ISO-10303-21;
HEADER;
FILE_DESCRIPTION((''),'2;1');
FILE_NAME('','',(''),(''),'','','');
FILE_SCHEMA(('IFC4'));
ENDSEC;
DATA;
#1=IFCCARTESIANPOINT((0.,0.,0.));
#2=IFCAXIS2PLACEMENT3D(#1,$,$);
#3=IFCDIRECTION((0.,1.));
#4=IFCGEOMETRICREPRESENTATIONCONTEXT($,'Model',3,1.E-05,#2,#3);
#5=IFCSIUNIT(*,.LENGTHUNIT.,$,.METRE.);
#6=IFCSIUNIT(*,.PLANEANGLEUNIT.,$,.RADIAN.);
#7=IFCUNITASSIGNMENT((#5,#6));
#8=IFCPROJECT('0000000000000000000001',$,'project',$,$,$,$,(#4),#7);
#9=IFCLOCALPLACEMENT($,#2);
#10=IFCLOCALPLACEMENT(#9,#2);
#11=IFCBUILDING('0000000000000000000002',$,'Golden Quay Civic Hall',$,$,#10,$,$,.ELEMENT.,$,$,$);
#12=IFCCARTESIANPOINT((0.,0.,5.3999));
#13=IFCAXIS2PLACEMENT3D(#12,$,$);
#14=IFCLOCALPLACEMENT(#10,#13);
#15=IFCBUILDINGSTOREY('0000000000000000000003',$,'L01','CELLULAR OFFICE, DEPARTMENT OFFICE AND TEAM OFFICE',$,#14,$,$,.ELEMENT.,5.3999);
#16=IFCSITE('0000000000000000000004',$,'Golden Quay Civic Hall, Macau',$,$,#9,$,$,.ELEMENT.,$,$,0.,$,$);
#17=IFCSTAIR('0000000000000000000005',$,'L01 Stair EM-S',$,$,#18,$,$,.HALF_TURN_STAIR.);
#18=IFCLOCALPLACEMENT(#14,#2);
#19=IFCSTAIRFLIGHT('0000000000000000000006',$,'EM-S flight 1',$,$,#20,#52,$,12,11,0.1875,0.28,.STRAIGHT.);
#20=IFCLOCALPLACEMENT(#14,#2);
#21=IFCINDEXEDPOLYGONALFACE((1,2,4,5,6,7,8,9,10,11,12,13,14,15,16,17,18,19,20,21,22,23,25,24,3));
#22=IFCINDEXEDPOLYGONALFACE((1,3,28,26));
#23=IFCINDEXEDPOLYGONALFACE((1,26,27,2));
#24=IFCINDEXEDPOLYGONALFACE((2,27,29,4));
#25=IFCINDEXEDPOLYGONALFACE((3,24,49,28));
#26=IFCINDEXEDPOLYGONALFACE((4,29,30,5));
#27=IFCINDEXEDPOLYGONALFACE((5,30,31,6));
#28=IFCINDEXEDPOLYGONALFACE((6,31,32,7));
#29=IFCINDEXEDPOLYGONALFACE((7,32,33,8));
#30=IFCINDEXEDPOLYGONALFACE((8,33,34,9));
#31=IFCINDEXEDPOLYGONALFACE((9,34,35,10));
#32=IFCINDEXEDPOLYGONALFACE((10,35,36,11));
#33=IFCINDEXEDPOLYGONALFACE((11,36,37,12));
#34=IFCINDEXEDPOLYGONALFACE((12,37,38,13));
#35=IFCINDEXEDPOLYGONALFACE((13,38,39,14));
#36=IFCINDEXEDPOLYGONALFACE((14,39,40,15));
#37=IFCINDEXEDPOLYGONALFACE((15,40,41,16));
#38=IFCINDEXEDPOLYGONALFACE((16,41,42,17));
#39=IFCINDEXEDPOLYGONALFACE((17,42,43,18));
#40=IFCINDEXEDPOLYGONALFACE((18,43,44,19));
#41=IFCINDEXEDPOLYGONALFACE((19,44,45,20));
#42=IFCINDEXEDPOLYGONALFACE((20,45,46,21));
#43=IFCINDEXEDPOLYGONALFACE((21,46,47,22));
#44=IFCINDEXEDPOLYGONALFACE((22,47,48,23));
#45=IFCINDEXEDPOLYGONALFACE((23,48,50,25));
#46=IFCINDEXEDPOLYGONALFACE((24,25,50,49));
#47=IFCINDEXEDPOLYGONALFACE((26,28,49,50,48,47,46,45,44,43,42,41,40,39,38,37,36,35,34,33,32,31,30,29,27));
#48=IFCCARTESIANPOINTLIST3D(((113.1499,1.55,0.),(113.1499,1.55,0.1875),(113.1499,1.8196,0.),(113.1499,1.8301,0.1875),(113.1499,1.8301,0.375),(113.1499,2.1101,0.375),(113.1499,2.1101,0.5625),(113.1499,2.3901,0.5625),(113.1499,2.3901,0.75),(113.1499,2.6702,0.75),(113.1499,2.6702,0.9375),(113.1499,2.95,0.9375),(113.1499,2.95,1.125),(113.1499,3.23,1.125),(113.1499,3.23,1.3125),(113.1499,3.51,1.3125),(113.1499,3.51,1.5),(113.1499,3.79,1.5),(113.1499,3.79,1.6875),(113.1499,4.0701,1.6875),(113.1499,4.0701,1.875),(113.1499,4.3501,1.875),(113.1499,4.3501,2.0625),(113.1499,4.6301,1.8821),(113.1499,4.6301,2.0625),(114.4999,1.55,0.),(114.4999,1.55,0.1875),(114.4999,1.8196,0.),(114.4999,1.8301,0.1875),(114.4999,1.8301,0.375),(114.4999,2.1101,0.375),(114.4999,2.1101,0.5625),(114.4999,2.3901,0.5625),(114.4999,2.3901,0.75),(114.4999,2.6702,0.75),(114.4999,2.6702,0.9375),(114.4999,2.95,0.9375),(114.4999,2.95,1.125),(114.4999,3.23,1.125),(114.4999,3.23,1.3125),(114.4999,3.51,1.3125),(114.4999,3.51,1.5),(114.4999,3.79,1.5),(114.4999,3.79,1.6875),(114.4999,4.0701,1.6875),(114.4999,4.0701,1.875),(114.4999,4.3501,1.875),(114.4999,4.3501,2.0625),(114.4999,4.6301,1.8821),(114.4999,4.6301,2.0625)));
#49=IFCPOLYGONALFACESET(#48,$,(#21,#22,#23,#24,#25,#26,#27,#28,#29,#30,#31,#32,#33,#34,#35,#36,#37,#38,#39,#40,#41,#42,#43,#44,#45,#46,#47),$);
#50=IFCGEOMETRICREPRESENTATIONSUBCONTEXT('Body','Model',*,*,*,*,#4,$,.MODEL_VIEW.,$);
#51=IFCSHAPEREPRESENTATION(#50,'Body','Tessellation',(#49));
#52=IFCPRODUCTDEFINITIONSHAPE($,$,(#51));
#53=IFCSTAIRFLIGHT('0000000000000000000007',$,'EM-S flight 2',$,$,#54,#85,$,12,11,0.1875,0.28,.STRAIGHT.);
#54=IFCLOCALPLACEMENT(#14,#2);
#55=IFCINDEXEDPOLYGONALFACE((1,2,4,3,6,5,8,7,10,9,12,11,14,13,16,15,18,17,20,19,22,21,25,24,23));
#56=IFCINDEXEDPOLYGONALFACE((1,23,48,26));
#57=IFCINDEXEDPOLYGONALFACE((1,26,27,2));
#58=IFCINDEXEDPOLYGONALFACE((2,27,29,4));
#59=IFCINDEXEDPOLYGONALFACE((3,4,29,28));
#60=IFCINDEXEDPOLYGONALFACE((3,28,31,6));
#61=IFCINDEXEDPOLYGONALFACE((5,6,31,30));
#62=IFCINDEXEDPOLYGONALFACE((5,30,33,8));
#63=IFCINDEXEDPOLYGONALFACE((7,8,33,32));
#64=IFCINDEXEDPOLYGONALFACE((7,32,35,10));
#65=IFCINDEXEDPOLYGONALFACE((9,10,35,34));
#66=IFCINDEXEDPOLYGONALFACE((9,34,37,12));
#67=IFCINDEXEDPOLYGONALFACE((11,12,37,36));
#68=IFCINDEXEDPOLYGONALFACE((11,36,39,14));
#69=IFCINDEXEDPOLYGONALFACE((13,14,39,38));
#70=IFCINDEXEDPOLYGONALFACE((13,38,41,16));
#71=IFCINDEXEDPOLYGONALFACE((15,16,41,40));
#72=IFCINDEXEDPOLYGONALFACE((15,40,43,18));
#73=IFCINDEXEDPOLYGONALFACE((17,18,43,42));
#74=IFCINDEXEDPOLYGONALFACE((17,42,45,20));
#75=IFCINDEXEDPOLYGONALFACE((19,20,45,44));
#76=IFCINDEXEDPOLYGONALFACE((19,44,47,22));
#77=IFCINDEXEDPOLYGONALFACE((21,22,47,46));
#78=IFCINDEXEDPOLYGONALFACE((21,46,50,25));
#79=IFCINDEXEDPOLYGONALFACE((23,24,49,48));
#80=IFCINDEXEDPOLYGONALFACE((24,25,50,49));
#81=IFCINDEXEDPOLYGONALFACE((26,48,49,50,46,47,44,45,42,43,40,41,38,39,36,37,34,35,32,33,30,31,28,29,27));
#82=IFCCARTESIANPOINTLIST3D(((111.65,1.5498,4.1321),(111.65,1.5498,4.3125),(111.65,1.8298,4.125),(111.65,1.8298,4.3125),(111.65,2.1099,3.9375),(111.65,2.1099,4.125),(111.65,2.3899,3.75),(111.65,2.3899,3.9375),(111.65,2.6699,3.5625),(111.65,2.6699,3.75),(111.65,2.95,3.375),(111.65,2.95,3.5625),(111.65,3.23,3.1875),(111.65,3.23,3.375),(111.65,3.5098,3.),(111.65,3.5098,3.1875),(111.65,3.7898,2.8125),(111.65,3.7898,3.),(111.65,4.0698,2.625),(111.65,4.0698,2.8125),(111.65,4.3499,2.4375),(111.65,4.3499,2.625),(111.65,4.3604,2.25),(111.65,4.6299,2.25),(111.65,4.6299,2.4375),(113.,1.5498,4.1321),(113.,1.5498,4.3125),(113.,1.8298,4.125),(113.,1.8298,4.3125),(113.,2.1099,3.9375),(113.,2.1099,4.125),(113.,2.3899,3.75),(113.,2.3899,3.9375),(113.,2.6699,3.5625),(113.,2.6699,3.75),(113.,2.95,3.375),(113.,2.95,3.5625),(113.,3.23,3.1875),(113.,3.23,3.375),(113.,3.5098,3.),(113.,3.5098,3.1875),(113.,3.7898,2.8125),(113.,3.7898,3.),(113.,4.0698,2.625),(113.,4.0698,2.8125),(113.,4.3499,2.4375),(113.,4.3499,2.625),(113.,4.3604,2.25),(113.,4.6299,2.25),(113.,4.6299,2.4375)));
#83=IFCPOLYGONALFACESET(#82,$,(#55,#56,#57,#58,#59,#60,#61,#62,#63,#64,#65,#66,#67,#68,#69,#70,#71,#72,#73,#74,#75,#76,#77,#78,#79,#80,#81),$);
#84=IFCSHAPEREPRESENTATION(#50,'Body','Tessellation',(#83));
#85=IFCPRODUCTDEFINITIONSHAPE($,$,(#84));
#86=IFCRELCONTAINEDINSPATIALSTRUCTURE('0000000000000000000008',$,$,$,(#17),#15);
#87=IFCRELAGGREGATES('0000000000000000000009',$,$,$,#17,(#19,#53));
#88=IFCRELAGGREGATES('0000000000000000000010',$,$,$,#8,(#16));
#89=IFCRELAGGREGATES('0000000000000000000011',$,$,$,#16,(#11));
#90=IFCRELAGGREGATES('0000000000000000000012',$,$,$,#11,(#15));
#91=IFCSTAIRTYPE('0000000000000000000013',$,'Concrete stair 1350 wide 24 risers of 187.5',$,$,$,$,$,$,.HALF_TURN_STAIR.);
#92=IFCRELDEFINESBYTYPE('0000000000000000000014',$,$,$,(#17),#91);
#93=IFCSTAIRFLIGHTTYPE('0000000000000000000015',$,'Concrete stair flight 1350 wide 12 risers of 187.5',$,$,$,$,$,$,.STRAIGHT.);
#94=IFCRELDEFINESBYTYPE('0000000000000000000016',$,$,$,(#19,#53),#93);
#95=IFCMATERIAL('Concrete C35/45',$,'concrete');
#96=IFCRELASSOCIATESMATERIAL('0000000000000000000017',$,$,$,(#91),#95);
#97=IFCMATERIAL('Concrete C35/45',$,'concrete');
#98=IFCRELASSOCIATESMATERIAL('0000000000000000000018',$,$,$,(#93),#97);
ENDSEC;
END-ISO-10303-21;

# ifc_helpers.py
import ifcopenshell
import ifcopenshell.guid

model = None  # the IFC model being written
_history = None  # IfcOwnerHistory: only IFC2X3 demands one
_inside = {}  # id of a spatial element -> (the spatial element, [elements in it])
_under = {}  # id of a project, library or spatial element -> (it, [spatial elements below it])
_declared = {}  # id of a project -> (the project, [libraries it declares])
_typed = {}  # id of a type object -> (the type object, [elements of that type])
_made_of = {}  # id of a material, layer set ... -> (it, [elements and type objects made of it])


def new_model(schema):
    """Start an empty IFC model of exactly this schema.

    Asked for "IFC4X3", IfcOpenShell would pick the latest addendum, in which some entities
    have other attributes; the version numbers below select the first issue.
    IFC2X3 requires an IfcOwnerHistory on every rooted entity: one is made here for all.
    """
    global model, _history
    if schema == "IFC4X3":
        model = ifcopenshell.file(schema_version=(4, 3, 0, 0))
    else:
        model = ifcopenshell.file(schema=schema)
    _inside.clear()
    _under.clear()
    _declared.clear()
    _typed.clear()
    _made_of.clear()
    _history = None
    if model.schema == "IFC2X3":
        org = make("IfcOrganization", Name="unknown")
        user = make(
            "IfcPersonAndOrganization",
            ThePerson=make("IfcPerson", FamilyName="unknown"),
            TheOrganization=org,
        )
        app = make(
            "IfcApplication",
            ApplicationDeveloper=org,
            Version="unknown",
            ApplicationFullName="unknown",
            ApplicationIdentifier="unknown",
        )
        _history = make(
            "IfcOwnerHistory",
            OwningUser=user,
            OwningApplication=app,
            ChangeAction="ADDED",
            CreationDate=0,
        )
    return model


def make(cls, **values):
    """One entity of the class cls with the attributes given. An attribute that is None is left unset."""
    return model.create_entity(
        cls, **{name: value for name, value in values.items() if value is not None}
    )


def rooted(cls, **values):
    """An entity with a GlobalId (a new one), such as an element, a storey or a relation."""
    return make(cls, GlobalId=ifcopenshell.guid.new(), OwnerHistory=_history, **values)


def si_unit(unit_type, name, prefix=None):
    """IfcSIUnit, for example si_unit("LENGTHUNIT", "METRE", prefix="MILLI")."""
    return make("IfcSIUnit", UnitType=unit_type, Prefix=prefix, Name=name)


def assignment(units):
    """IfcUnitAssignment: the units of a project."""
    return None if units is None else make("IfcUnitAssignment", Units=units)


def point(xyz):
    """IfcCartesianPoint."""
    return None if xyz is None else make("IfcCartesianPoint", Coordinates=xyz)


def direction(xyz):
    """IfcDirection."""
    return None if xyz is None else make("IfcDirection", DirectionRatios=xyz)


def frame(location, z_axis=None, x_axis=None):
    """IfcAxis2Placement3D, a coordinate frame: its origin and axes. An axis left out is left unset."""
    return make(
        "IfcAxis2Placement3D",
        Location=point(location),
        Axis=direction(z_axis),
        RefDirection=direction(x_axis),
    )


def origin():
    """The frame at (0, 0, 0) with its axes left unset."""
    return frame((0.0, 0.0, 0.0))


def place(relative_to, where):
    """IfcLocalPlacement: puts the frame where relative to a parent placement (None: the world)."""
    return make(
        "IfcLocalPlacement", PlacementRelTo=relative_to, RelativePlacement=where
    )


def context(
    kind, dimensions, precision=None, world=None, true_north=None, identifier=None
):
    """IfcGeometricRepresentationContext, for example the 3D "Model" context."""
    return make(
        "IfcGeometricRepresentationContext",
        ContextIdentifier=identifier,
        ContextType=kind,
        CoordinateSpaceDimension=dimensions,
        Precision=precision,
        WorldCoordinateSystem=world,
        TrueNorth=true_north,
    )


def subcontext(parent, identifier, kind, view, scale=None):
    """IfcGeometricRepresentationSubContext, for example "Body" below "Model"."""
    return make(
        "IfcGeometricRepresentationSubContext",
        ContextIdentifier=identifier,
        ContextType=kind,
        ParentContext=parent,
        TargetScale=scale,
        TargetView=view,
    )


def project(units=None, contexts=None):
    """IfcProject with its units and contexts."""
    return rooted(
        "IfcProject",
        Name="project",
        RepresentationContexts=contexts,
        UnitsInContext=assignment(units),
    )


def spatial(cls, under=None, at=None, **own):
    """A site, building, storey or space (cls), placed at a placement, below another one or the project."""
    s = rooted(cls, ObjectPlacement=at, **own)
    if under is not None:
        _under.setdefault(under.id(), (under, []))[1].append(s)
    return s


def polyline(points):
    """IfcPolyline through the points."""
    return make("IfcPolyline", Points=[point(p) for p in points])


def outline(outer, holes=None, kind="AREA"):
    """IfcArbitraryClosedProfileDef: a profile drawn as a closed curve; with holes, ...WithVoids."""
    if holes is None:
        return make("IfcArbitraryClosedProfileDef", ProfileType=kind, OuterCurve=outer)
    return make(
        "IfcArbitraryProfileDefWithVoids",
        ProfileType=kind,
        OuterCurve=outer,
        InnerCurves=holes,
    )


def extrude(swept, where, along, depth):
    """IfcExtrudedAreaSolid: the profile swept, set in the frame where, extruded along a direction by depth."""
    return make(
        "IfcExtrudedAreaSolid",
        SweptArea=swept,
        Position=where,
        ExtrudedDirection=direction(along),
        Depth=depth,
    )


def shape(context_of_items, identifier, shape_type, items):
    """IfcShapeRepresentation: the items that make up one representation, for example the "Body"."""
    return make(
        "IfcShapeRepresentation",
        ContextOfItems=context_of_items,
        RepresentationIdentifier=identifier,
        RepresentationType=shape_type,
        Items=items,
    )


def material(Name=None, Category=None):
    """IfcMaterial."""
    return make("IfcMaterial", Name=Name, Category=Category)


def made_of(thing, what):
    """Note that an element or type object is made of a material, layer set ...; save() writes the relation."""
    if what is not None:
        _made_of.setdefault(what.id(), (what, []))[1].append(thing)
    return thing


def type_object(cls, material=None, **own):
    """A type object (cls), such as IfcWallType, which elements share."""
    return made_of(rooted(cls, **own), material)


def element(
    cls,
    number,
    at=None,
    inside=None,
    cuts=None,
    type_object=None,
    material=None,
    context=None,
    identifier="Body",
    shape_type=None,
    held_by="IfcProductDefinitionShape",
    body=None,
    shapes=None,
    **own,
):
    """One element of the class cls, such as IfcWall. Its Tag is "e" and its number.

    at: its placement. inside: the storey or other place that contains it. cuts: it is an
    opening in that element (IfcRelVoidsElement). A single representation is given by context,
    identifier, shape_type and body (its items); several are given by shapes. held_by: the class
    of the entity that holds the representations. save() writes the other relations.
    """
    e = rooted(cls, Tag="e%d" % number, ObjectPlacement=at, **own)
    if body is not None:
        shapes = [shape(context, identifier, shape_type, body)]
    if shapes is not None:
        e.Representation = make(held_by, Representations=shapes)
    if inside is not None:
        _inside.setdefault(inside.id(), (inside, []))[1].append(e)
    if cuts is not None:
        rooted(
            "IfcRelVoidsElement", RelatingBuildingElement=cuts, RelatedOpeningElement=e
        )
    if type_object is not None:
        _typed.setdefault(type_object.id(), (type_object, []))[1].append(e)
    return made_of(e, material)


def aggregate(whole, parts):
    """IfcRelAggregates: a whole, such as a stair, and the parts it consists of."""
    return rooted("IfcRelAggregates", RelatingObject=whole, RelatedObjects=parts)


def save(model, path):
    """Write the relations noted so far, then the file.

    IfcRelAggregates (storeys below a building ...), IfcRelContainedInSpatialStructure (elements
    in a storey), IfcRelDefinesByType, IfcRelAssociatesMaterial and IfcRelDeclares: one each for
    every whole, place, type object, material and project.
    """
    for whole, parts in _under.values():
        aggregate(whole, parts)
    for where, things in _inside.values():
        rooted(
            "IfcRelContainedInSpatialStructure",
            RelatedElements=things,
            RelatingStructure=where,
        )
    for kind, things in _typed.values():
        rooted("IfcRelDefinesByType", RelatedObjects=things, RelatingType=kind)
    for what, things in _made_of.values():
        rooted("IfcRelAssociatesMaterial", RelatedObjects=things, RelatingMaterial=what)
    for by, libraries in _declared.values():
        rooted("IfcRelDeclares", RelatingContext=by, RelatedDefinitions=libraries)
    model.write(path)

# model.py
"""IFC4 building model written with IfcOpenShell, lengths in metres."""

from ifc_helpers import new_model, si_unit, direction, frame, origin, place, context, subcontext, project, spatial, polyline, outline, extrude, material, type_object, element, aggregate, save


model = new_model("IFC4")

# Units and contexts
model_context = context("Model", 3, precision=1e-05, world=origin(), true_north=direction((0.0, 1.0)))
body_context = subcontext(model_context, "Body", "Model", "MODEL_VIEW")
ifc_project = project(units=[si_unit("LENGTHUNIT", "METRE"), si_unit("PLANEANGLEUNIT", "RADIAN")], contexts=[model_context])

# Site, building, storey
site_placement = place(None, origin())
site = spatial("IfcSite", under=ifc_project, at=site_placement, Name="Golden Quay Civic Hall, Macau", CompositionType="ELEMENT", RefElevation=0.0)
building_placement = place(site_placement, origin())
building = spatial("IfcBuilding", under=site, at=building_placement, Name="Golden Quay Civic Hall", CompositionType="ELEMENT")
storey_placement = place(building_placement, frame((0.0, 0.0, 5.3999)))
storey = spatial("IfcBuildingStorey", under=building, at=storey_placement, Name="L01", Description="CELLULAR OFFICE, DEPARTMENT OFFICE AND TEAM OFFICE", CompositionType="ELEMENT", Elevation=5.3999)

# Stair, stair flights
ifc_material_1 = material(Name="Concrete C35/45", Category="concrete")
stair_type = type_object("IfcStairType", Name="Concrete stair 1350 wide 24 risers of 187.5", PredefinedType="HALF_TURN_STAIR", material=ifc_material_1)
stair_placement = place(storey_placement, origin())
stair = element("IfcStair", 1, at=stair_placement, inside=storey, type_object=stair_type, Name="L01 Stair EM-S", PredefinedType="HALF_TURN_STAIR")
ifc_material_2 = material(Name="Concrete C35/45", Category="concrete")
stair_flight_type = type_object("IfcStairFlightType", Name="Concrete stair flight 1350 wide 12 risers of 187.5", PredefinedType="STRAIGHT", material=ifc_material_2)
stair_flight_1_placement = place(storey_placement, frame((113.825, 1.55, 0.0), z_axis=(0.0, 0.0, 1.0), x_axis=(0.0, 1.0, 0.0)))
stair_flight_1 = element("IfcStairFlight", 2, at=stair_flight_1_placement, type_object=stair_flight_type, Name="EM-S flight 1", NumberOfRisers=12, NumberOfTreads=11, PredefinedType="STRAIGHT", RiserHeight=0.1875, TreadLength=0.28, context=body_context, shape_type="SweptSolid", body=[
    extrude(outline(polyline([(0.0, 0.0), (0.0, 0.1875), (0.28, 0.1875), (0.28, 0.375), (0.5601, 0.375), (0.5601, 0.5625), (0.8401, 0.5625), (0.8401, 0.75), (1.1201, 0.75), (1.1201, 0.9375), (1.3999, 0.9375), (1.3999, 1.125), (1.6799, 1.125), (1.6799, 1.3125), (1.96, 1.3125), (1.96, 1.5), (2.24, 1.5), (2.24, 1.6875), (2.52, 1.6875), (2.52, 1.875), (2.8, 1.875), (2.8, 2.0625), (3.0801, 2.0625), (3.0801, 2.25), (3.0801, 1.8821), (0.2695, 0.0), (0.0, 0.0)])), frame((0.0, 0.675, 0.0), z_axis=(0.0, -1.0, 0.0), x_axis=(1.0, 0.0, 0.0)), (0.0, 0.0, 1.0), 1.35),
])
stair_flight_2_placement = place(storey_placement, frame((112.325, 4.6299, 2.25), z_axis=(0.0, 0.0, 1.0), x_axis=(0.0, -1.0, 0.0)))
stair_flight_2 = element("IfcStairFlight", 3, at=stair_flight_2_placement, type_object=stair_flight_type, Name="EM-S flight 2", NumberOfRisers=12, NumberOfTreads=11, PredefinedType="STRAIGHT", RiserHeight=0.1875, TreadLength=0.28, context=body_context, shape_type="SweptSolid", body=[
    extrude(outline(polyline([(0.0, 0.0), (0.0, 0.1875), (0.28, 0.1875), (0.28, 0.375), (0.5601, 0.375), (0.5601, 0.5625), (0.8401, 0.5625), (0.8401, 0.75), (1.1201, 0.75), (1.1201, 0.9375), (1.3999, 0.9375), (1.3999, 1.125), (1.6799, 1.125), (1.6799, 1.3125), (1.96, 1.3125), (1.96, 1.5), (2.24, 1.5), (2.24, 1.6875), (2.52, 1.6875), (2.52, 1.875), (2.8, 1.875), (2.8, 2.0625), (3.0801, 2.0625), (3.0801, 2.25), (3.0801, 1.8821), (0.2695, 0.0), (0.0, 0.0)])), frame((0.0, 0.675, 0.0), z_axis=(0.0, -1.0, 0.0), x_axis=(1.0, 0.0, 0.0)), (0.0, 0.0, 1.0), 1.35),
])
aggregate(stair, [stair_flight_1, stair_flight_2])

save(model, "model.ifc")
